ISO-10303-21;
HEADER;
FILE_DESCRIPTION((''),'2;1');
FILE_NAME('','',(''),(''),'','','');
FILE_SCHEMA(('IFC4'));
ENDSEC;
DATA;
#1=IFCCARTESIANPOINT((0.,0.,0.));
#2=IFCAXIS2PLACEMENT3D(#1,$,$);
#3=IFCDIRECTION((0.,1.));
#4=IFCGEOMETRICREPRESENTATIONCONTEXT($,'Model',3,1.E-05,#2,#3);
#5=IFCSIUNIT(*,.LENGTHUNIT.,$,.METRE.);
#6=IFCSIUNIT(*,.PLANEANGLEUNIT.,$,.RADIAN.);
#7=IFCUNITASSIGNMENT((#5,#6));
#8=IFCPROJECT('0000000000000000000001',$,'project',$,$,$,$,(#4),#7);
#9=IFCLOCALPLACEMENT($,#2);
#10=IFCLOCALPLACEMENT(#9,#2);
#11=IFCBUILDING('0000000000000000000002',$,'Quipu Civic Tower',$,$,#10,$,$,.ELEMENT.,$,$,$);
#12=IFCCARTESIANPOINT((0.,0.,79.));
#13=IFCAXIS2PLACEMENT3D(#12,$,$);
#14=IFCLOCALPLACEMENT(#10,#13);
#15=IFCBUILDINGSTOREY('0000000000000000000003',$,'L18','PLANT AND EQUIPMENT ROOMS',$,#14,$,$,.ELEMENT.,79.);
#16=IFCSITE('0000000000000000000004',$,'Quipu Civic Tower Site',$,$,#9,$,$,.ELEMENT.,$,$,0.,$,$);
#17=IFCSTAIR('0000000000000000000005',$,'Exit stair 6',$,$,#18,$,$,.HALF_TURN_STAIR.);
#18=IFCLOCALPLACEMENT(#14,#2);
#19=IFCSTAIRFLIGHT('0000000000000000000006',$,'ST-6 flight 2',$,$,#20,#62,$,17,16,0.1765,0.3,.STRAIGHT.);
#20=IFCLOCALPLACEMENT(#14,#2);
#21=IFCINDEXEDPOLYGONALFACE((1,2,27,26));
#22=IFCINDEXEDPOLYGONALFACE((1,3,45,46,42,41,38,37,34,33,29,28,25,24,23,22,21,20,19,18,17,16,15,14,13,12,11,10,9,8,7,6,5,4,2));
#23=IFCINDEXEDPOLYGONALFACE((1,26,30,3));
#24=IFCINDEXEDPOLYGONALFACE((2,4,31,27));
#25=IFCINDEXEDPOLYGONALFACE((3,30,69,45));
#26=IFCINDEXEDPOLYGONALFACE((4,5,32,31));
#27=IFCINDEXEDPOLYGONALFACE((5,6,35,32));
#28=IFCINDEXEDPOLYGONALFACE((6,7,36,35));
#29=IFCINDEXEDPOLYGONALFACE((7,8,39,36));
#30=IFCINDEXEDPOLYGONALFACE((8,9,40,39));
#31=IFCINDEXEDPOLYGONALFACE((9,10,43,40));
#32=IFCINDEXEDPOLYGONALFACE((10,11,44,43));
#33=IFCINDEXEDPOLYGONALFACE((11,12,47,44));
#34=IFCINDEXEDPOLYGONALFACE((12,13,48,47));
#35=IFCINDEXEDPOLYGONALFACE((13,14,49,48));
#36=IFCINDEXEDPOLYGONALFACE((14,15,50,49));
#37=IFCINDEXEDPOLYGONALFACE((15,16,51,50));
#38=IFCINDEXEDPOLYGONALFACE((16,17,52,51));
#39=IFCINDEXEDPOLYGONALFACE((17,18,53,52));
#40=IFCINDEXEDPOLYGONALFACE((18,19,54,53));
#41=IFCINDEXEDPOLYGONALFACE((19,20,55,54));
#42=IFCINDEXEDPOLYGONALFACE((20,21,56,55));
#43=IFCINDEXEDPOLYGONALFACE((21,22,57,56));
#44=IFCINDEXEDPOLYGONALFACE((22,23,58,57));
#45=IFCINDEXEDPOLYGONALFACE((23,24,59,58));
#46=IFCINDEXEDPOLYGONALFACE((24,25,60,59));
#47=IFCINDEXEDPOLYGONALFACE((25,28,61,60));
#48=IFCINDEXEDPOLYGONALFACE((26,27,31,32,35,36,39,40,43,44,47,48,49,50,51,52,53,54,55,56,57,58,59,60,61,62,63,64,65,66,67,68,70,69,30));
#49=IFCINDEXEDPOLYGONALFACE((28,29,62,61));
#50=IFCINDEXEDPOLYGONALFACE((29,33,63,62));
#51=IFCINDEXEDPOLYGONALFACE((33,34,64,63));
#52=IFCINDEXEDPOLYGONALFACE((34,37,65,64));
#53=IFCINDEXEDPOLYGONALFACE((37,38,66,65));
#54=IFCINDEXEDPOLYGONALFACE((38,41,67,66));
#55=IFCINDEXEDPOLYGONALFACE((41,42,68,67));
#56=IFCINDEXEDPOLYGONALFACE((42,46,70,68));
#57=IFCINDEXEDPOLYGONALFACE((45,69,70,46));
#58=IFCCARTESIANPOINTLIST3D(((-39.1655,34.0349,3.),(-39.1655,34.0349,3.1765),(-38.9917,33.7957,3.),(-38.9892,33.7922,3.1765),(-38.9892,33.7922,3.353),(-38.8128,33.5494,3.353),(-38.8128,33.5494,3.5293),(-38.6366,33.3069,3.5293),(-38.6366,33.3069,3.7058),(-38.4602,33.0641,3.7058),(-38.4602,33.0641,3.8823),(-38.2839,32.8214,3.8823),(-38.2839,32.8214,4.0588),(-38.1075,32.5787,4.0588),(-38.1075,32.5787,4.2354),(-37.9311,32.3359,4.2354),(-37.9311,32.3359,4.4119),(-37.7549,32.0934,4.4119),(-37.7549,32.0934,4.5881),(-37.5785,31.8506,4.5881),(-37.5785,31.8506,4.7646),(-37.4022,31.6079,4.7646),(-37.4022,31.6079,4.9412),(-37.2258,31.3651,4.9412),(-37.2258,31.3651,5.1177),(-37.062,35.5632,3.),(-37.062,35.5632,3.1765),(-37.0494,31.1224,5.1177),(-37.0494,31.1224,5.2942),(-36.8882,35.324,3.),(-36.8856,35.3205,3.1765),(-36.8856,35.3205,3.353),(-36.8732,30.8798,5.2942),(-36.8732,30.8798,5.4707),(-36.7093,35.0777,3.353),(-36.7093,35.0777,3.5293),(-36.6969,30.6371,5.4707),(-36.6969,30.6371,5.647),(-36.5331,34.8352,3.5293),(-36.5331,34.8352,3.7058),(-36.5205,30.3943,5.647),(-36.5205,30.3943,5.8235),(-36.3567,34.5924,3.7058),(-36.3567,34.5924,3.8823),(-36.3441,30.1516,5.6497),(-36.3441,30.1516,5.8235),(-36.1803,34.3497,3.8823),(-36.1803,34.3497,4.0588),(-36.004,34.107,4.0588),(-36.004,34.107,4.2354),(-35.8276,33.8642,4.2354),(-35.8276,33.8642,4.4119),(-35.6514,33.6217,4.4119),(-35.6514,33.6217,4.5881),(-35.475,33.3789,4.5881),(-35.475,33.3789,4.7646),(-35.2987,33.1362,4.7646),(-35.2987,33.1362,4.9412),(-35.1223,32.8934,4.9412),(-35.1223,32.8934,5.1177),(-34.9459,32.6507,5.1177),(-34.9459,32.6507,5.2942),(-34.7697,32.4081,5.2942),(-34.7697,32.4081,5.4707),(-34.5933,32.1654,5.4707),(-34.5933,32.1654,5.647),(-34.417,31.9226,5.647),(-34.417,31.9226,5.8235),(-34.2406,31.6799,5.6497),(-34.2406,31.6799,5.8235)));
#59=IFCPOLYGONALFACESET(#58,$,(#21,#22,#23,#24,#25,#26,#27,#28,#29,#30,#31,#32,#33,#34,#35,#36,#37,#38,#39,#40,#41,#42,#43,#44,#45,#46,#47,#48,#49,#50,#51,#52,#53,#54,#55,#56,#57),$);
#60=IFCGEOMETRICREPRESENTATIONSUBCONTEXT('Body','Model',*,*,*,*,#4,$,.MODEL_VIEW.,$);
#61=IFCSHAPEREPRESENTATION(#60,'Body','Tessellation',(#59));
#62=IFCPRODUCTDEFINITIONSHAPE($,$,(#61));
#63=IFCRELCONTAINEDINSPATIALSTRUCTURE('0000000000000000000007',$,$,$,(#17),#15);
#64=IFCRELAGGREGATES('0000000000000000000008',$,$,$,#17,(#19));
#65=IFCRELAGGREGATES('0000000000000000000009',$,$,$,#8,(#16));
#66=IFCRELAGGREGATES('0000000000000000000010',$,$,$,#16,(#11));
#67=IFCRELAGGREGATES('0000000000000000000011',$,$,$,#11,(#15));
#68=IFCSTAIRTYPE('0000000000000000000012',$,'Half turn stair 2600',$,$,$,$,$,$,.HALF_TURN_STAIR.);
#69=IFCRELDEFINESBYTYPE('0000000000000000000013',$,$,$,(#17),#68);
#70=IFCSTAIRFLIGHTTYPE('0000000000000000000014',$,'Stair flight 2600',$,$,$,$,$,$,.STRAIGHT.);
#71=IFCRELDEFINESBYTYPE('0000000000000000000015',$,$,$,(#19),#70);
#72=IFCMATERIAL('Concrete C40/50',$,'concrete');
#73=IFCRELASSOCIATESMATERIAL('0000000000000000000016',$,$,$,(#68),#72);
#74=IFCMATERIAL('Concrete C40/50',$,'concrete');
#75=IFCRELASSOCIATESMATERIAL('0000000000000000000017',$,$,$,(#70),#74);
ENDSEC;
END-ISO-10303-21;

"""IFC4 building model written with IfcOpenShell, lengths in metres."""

from ifc_helpers import new_model, si_unit, direction, frame, origin, place, context, subcontext, project, spatial, polyline, outline, extrude, material, type_object, element, aggregate, save


model = new_model("IFC4")

# Units and contexts
model_context = context("Model", 3, precision=1e-05, world=origin(), true_north=direction((0.0, 1.0)))
body_context = subcontext(model_context, "Body", "Model", "MODEL_VIEW")
ifc_project = project(units=[si_unit("LENGTHUNIT", "METRE"), si_unit("PLANEANGLEUNIT", "RADIAN")], contexts=[model_context])

# Site, building, storey
site_placement = place(None, origin())
site = spatial("IfcSite", under=ifc_project, at=site_placement, Name="Quipu Civic Tower Site", CompositionType="ELEMENT", RefElevation=0.0)
building_placement = place(site_placement, origin())
building = spatial("IfcBuilding", under=site, at=building_placement, Name="Quipu Civic Tower", CompositionType="ELEMENT")
storey_placement = place(building_placement, frame((0.0, 0.0, 79.0)))
storey = spatial("IfcBuildingStorey", under=building, at=storey_placement, Name="L18", Description="PLANT AND EQUIPMENT ROOMS", CompositionType="ELEMENT", Elevation=79.0)

# Stair, stair flight
ifc_material_1 = material(Name="Concrete C40/50", Category="concrete")
stair_type = type_object("IfcStairType", Name="Half turn stair 2600", PredefinedType="HALF_TURN_STAIR", material=ifc_material_1)
stair_placement = place(storey_placement, origin())
stair = element("IfcStair", 1, at=stair_placement, inside=storey, type_object=stair_type, Name="Exit stair 6", PredefinedType="HALF_TURN_STAIR")
ifc_material_2 = material(Name="Concrete C40/50", Category="concrete")
stair_flight_type = type_object("IfcStairFlightType", Name="Stair flight 2600", PredefinedType="STRAIGHT", material=ifc_material_2)
stair_flight_placement = place(storey_placement, frame((-38.1138, 34.7991, 3.0), z_axis=(0.0, 0.0, 1.0), x_axis=(0.587785, -0.809017, 0.0)))
stair_flight = element("IfcStairFlight", 2, at=stair_flight_placement, type_object=stair_flight_type, Name="ST-6 flight 2", NumberOfRisers=17, NumberOfTreads=16, PredefinedType="STRAIGHT", RiserHeight=0.1765, TreadLength=0.3, context=body_context, shape_type="SweptSolid", body=[
    extrude(outline(polyline([(0.0, 0.0), (0.0, 0.1765), (0.3, 0.1765), (0.3, 0.353), (0.6001, 0.353), (0.6001, 0.5293), (0.8999, 0.5293), (0.8999, 0.7058), (1.2, 0.7058), (1.2, 0.8823), (1.5, 0.8823), (1.5, 1.0588), (1.8, 1.0588), (1.8, 1.2354), (2.1001, 1.2354), (2.1001, 1.4119), (2.3999, 1.4119), (2.3999, 1.5881), (2.7, 1.5881), (2.7, 1.7646), (3.0, 1.7646), (3.0, 1.9412), (3.3, 1.9412), (3.3, 2.1177), (3.6001, 2.1177), (3.6001, 2.2942), (3.8999, 2.2942), (3.8999, 2.4707), (4.2, 2.4707), (4.2, 2.647), (4.5, 2.647), (4.5, 2.8235), (4.8, 2.8235), (4.8, 3.0), (4.8, 2.6497), (0.2957, 0.0), (0.0, 0.0)])), frame((0.0, 1.3, 0.0), z_axis=(0.0, -1.0, 0.0), x_axis=(1.0, 0.0, 0.0)), (0.0, 0.0, 1.0), 2.6001),
])
aggregate(stair, [stair_flight])

save(model, "model.ifc")
